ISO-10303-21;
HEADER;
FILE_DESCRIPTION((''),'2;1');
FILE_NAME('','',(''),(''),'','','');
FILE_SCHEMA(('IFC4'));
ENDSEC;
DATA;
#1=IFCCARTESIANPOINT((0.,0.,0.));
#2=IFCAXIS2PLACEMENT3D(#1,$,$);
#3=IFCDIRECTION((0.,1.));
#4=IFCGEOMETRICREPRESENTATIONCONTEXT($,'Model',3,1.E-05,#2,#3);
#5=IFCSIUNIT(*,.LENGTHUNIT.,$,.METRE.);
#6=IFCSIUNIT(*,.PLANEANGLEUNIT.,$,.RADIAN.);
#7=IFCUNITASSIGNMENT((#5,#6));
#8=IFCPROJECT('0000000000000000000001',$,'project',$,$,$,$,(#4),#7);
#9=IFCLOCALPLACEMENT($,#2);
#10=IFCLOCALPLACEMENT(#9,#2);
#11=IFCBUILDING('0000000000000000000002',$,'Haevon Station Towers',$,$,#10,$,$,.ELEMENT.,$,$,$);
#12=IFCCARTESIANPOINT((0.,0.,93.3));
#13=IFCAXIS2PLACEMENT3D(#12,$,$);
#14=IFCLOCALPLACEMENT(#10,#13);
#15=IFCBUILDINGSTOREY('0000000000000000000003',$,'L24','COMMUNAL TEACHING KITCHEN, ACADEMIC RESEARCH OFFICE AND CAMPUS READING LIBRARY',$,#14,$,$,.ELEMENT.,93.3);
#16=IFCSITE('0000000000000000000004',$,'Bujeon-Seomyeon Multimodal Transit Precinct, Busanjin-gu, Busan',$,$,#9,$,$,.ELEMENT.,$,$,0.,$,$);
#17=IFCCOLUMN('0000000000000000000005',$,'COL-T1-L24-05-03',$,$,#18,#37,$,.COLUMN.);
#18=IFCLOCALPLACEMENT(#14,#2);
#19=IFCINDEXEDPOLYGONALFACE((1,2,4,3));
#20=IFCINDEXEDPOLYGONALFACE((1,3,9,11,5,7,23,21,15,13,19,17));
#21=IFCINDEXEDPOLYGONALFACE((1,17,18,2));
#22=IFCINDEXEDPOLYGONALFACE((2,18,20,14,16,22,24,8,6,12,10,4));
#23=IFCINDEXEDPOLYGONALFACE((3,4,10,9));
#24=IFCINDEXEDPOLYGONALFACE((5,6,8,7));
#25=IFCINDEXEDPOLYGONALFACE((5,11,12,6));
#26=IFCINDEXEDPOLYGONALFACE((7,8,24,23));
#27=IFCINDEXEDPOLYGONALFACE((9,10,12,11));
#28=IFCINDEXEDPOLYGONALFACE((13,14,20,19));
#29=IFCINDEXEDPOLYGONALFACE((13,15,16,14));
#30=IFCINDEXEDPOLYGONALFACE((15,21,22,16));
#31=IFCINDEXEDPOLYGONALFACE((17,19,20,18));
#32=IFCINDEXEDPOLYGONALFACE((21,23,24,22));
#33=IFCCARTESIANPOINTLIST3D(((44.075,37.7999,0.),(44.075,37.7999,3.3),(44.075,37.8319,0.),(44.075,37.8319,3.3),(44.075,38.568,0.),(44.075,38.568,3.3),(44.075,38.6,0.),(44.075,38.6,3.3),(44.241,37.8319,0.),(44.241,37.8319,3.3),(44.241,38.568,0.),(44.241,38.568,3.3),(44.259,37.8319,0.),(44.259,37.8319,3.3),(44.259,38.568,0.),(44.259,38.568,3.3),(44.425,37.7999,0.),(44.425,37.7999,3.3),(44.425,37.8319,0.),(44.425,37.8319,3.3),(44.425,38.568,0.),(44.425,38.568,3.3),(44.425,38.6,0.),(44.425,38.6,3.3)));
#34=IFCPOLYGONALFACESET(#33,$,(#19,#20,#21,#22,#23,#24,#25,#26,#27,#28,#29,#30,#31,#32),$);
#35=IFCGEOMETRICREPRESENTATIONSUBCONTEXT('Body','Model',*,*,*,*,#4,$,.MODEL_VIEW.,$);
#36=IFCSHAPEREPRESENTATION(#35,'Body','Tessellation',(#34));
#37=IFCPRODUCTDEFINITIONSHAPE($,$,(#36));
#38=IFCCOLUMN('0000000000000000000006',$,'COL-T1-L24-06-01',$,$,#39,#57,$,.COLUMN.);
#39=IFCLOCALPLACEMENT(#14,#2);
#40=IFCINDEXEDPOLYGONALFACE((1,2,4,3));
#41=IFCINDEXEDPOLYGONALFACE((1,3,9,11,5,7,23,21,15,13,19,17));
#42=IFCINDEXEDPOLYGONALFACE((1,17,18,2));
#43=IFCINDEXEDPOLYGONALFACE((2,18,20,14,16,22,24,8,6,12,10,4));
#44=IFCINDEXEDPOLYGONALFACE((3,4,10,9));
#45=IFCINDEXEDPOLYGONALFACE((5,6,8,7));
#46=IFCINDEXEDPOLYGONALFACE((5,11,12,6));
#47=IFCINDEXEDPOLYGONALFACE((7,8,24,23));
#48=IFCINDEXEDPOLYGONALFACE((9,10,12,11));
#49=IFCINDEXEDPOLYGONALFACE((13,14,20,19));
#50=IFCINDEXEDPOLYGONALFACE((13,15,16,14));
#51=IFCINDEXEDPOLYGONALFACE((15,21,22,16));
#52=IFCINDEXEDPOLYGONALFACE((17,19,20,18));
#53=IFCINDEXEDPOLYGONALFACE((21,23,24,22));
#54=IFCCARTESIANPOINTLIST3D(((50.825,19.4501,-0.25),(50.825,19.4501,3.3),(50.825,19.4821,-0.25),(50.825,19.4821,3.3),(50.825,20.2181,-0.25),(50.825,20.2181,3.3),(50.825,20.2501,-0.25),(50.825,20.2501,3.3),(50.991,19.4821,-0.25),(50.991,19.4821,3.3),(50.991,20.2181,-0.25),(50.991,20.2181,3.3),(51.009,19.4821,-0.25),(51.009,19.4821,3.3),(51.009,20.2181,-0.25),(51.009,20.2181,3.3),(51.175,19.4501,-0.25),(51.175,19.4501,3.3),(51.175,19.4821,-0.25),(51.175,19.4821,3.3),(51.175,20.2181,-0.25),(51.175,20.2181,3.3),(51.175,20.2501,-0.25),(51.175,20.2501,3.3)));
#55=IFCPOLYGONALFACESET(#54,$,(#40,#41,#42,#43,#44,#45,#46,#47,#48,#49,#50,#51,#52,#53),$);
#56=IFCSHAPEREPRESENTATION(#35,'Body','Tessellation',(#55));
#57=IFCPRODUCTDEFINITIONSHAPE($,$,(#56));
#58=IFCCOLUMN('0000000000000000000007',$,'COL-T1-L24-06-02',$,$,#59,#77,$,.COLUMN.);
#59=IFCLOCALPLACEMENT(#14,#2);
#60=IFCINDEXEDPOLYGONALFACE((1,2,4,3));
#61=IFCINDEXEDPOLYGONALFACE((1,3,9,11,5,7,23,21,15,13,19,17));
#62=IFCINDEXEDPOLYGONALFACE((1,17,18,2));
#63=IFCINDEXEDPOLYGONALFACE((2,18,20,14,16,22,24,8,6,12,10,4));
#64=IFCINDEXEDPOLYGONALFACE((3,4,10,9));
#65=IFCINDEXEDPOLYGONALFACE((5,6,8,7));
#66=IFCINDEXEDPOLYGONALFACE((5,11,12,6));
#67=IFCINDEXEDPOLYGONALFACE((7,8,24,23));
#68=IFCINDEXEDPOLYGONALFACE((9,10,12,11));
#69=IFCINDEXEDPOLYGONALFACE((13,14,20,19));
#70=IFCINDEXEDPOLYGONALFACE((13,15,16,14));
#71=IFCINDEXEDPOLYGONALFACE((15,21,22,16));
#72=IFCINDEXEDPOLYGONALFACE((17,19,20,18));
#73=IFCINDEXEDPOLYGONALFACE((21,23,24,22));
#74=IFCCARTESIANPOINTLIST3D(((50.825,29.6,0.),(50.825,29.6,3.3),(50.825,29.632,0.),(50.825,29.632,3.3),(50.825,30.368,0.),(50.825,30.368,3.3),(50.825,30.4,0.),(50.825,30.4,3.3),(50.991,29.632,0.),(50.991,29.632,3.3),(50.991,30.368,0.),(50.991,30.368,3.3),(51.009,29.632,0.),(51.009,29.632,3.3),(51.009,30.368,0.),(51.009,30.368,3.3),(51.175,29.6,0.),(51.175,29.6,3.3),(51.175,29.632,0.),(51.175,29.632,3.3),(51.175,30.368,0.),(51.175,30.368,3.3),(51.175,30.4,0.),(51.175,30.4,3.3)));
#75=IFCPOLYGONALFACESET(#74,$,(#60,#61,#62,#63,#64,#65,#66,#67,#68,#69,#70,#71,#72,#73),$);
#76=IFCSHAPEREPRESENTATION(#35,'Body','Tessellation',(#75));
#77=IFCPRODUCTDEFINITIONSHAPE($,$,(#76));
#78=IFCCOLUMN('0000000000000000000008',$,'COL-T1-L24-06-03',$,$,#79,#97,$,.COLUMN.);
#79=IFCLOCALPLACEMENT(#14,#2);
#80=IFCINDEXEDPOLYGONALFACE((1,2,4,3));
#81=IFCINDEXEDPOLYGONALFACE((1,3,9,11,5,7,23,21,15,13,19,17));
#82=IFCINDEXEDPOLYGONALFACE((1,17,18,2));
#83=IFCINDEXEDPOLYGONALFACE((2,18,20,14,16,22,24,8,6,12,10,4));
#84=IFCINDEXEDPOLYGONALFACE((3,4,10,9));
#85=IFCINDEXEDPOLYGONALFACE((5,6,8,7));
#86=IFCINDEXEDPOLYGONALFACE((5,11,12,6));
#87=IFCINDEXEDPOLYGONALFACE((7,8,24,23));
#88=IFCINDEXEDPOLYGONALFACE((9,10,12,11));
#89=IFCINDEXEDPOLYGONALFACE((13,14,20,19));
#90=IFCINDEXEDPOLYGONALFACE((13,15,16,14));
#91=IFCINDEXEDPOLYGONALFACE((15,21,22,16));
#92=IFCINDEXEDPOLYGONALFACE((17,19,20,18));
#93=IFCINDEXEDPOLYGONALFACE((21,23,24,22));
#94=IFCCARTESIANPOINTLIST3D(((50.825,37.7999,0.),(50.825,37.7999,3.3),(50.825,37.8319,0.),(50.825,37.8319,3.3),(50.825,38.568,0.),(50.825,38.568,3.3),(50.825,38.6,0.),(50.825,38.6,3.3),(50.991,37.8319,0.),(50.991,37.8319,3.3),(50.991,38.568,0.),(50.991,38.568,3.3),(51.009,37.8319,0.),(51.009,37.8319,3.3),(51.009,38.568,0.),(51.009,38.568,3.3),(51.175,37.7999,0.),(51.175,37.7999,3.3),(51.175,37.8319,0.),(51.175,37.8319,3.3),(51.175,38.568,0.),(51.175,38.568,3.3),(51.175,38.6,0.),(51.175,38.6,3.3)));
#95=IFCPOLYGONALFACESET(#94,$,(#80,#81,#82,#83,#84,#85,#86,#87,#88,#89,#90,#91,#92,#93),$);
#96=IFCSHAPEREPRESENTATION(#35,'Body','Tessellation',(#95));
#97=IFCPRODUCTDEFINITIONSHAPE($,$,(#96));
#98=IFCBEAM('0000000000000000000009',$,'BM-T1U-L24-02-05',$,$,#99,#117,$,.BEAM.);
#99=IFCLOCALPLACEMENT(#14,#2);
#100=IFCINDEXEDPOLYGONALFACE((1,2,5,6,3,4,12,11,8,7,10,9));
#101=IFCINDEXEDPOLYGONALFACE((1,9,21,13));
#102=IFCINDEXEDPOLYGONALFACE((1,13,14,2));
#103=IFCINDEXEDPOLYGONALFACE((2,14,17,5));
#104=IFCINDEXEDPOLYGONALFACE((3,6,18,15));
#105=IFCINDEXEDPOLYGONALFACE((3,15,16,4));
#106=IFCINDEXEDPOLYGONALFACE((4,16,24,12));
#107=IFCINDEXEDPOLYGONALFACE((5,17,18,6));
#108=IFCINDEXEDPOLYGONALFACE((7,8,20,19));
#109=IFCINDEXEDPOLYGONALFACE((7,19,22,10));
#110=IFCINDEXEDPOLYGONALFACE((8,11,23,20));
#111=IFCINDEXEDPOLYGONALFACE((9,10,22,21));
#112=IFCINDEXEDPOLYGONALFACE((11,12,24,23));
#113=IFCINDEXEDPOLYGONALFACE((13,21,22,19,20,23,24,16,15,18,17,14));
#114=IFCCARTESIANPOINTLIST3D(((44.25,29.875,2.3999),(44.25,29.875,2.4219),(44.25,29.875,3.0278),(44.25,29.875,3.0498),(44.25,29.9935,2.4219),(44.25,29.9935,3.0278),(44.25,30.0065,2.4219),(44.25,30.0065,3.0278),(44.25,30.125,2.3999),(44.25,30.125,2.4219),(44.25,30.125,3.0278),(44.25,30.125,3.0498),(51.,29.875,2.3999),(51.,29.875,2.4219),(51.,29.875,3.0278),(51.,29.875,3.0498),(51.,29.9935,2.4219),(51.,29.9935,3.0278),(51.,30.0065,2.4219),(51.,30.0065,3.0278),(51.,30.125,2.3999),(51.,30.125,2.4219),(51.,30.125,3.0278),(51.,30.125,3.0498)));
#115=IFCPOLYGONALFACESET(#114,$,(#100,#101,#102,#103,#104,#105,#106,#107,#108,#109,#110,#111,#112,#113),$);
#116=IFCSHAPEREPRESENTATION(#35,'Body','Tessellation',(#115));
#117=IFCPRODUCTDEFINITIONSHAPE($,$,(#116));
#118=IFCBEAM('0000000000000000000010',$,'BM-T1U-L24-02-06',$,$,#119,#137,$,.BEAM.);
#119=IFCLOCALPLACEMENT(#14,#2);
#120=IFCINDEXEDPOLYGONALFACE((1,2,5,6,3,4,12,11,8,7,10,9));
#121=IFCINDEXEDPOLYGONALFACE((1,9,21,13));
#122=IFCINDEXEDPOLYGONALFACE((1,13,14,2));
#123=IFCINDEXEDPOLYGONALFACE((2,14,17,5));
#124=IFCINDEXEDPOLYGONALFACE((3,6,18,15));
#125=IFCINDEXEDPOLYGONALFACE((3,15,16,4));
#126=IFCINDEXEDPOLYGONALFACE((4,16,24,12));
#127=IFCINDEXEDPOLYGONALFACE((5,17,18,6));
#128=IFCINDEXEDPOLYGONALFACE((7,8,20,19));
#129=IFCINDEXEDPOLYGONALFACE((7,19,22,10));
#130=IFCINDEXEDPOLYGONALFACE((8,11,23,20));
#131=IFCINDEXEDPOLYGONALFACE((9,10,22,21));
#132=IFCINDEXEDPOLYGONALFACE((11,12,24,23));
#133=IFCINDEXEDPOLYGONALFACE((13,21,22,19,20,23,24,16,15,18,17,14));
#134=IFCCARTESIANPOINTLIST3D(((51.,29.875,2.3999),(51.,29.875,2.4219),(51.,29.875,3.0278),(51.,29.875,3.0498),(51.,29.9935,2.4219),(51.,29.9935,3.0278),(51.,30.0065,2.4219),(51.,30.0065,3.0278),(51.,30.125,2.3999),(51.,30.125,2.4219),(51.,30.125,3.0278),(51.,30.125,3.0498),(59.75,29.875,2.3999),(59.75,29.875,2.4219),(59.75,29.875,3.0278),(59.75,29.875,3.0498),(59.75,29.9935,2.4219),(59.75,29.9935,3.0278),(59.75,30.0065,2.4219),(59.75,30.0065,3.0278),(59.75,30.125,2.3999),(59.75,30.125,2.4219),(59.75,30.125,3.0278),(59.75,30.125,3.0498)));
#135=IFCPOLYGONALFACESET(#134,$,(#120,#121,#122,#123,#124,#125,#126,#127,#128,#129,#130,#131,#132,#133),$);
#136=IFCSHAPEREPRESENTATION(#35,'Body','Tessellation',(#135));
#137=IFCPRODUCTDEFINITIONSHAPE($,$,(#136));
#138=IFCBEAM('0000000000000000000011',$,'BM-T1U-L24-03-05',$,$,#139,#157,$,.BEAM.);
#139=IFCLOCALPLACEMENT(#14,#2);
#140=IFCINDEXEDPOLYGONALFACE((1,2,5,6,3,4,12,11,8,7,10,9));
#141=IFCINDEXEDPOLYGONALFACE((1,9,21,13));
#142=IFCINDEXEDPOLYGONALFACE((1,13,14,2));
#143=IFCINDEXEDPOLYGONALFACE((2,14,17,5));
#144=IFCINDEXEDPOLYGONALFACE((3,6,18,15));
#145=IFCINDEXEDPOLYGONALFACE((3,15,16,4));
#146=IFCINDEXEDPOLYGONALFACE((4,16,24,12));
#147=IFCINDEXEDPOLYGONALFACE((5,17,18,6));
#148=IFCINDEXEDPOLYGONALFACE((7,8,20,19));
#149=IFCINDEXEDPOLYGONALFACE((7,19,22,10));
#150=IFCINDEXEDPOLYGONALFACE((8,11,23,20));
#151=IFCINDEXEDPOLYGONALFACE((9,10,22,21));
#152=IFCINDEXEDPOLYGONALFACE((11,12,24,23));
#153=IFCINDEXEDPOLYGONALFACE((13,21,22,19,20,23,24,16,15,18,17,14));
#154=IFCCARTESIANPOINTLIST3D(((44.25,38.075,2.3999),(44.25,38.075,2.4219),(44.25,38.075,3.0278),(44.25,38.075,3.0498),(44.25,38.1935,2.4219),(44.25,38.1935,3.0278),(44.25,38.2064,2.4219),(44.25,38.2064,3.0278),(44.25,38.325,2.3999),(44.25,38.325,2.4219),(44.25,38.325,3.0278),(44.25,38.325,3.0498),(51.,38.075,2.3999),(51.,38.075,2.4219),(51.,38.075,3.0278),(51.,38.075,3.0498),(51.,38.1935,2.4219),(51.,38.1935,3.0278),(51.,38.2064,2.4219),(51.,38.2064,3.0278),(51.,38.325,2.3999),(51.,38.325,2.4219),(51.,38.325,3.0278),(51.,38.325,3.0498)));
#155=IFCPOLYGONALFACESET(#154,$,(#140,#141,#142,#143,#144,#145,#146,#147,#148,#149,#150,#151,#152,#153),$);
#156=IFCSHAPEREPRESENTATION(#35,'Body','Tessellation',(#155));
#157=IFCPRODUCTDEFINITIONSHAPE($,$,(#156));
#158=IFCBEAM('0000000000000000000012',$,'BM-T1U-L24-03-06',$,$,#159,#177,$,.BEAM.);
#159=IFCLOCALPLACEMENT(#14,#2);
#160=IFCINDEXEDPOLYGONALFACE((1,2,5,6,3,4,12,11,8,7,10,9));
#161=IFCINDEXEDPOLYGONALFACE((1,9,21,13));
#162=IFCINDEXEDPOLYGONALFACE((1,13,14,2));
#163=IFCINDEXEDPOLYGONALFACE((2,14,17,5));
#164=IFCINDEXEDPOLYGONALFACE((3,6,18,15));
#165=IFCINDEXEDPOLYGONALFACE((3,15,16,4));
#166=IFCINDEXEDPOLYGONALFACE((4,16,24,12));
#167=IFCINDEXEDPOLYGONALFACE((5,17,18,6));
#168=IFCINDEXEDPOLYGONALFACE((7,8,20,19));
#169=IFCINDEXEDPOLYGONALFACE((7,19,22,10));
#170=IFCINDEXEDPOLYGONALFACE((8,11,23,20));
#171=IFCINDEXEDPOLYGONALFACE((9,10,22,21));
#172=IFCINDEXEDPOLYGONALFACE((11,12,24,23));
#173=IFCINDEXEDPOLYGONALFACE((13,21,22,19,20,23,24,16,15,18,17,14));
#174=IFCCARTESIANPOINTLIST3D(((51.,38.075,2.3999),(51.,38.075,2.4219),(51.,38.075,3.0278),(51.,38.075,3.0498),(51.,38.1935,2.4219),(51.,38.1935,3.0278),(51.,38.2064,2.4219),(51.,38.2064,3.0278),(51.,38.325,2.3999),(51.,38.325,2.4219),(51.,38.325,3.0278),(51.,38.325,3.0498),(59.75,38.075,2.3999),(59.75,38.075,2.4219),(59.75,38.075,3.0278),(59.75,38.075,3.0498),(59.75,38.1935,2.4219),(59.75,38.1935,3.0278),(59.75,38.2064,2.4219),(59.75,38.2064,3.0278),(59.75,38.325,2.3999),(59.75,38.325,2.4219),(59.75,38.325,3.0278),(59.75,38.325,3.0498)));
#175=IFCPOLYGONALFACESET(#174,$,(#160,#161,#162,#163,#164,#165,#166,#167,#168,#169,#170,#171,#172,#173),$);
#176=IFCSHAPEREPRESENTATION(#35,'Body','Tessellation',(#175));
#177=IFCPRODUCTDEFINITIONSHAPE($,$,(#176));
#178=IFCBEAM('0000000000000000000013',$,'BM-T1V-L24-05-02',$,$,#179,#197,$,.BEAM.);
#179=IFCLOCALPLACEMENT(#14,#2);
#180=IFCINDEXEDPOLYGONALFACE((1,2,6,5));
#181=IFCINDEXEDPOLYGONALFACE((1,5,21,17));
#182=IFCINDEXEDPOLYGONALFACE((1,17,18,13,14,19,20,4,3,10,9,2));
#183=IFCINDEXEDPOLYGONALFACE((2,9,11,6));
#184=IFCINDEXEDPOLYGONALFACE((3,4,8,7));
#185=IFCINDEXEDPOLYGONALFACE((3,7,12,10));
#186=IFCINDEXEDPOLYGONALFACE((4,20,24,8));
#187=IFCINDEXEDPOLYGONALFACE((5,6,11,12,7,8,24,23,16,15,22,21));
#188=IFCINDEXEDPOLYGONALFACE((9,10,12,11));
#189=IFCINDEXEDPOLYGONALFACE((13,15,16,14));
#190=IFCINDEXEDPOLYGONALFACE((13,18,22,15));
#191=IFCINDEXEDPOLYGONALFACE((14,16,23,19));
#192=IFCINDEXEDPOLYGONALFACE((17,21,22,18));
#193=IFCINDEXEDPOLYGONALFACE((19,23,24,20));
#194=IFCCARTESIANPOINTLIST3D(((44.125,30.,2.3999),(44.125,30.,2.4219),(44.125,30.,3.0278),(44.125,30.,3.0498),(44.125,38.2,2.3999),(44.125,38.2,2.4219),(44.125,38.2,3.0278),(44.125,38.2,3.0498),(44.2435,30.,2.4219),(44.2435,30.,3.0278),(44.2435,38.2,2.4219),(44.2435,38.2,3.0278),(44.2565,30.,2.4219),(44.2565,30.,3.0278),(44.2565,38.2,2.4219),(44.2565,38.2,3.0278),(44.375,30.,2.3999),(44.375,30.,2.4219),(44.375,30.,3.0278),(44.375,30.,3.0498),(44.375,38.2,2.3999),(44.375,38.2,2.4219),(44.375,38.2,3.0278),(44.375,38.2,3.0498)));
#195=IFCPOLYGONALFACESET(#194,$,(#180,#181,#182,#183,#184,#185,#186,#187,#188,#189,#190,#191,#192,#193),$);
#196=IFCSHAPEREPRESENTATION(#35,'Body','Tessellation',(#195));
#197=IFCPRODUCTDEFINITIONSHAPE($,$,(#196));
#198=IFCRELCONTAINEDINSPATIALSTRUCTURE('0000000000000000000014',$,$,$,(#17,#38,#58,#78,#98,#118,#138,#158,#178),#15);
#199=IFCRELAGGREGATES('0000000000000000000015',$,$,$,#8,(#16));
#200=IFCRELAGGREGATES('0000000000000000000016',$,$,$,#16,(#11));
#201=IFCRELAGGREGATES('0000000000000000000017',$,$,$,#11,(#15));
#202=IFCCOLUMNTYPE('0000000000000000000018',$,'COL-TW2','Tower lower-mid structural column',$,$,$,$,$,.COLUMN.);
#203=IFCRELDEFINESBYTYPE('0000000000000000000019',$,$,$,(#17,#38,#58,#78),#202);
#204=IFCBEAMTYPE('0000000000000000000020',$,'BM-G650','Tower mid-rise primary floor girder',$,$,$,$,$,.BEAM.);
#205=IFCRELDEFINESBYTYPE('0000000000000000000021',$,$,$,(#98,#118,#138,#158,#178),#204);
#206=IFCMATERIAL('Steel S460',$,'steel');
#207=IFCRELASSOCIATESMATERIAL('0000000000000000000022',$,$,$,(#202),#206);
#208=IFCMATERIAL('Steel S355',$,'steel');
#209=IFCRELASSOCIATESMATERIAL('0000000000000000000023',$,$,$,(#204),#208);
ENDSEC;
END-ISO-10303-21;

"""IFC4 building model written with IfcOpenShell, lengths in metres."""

from ifc_helpers import new_model, si_unit, direction, frame, origin, origin_2d, place, context, subcontext, project, spatial, i_section, extrude, material, material_profile, profile_set, type_object, element, save


model = new_model("IFC4")

# Units and contexts
model_context = context("Model", 3, precision=1e-05, world=origin(), true_north=direction((0.0, 1.0)))
body_context = subcontext(model_context, "Body", "Model", "MODEL_VIEW")
ifc_project = project(units=[si_unit("LENGTHUNIT", "METRE"), si_unit("PLANEANGLEUNIT", "RADIAN")], contexts=[model_context])

# Site, building, storey
site_placement = place(None, origin())
site = spatial("IfcSite", under=ifc_project, at=site_placement, Name="Bujeon-Seomyeon Multimodal Transit Precinct, Busanjin-gu, Busan", CompositionType="ELEMENT", RefElevation=0.0)
building_placement = place(site_placement, origin())
building = spatial("IfcBuilding", under=site, at=building_placement, Name="Haevon Station Towers", CompositionType="ELEMENT")
storey_placement = place(building_placement, frame((0.0, 0.0, 93.3)))
storey = spatial("IfcBuildingStorey", under=building, at=storey_placement, Name="L24", Description="COMMUNAL TEACHING KITCHEN, ACADEMIC RESEARCH OFFICE AND CAMPUS READING LIBRARY", CompositionType="ELEMENT", Elevation=93.3)

# Columns
ifc_material_1 = material(Name="Steel S460", Category="steel")
ifc_material_profile_1 = material_profile(ifc_material_1, i_section(OverallWidth=0.3501, OverallDepth=0.8, WebThickness=0.0181, FlangeThickness=0.032, at=origin_2d()), Name="H-800x350x18x32")
ifc_profile_set_1 = profile_set([ifc_material_profile_1], Name="Steel S460")
column_type = type_object("IfcColumnType", Name="COL-TW2", Description="Tower lower-mid structural column", PredefinedType="COLUMN", material=ifc_profile_set_1)
column_1_placement = place(storey_placement, frame((44.25, 38.2, 0.0), z_axis=(0.0, 0.0, 1.0), x_axis=(1.0, 0.0, 0.0)))
element("IfcColumn", 1, at=column_1_placement, inside=storey, type_object=column_type, Name="COL-T1-L24-05-03", PredefinedType="COLUMN", context=body_context, shape_type="SweptSolid", body=[
    extrude(i_section(OverallWidth=0.3501, OverallDepth=0.8, WebThickness=0.0181, FlangeThickness=0.032, at=origin_2d()), origin(), (0.0, 0.0, 1.0), 3.3),
])
column_2_placement = place(storey_placement, frame((51.0, 19.8501, -0.25), z_axis=(0.0, 0.0, 1.0), x_axis=(1.0, 0.0, 0.0)))
element("IfcColumn", 2, at=column_2_placement, inside=storey, type_object=column_type, Name="COL-T1-L24-06-01", PredefinedType="COLUMN", context=body_context, shape_type="SweptSolid", body=[
    extrude(i_section(OverallWidth=0.3501, OverallDepth=0.8, WebThickness=0.0181, FlangeThickness=0.032, at=origin_2d()), origin(), (0.0, 0.0, 1.0), 3.55),
])
for number, where, z_axis, x_axis, name in (
    (3, (51.0, 30.0, 0.0), (0.0, 0.0, 1.0), (1.0, 0.0, 0.0), "COL-T1-L24-06-02"),
    (4, (51.0, 38.2, 0.0), (0.0, 0.0, 1.0), (1.0, 0.0, 0.0), "COL-T1-L24-06-03"),
):
    element("IfcColumn", number, at=place(storey_placement, frame(where, z_axis=z_axis, x_axis=x_axis)), inside=storey, type_object=column_type, Name=name, PredefinedType="COLUMN", context=body_context, shape_type="SweptSolid", body=[
        extrude(i_section(OverallWidth=0.3501, OverallDepth=0.8, WebThickness=0.0181, FlangeThickness=0.032, at=origin_2d()), origin(), (0.0, 0.0, 1.0), 3.3),
    ])

# Beams
ifc_material_2 = material(Name="Steel S355", Category="steel")
ifc_material_profile_2 = material_profile(ifc_material_2, i_section(OverallWidth=0.25, OverallDepth=0.6499, WebThickness=0.0129, FlangeThickness=0.022, at=origin_2d()), Name="H-650x250x13x22")
ifc_profile_set_2 = profile_set([ifc_material_profile_2], Name="Steel S355")
beam_type_1 = type_object("IfcBeamType", Name="BM-G650", Description="Tower mid-rise primary floor girder", PredefinedType="BEAM", material=ifc_profile_set_2)
beam_1_placement = place(storey_placement, frame((44.25, 30.0, 2.7249), z_axis=(1.0, 0.0, 0.0), x_axis=(0.0, 1.0, 0.0)))
element("IfcBeam", 5, at=beam_1_placement, inside=storey, type_object=beam_type_1, Name="BM-T1U-L24-02-05", PredefinedType="BEAM", context=body_context, shape_type="SweptSolid", body=[
    extrude(i_section(OverallWidth=0.25, OverallDepth=0.6499, WebThickness=0.0129, FlangeThickness=0.022, at=origin_2d()), origin(), (0.0, 0.0, 1.0), 6.75),
])
beam_2_placement = place(storey_placement, frame((51.0, 30.0, 2.7249), z_axis=(1.0, 0.0, 0.0), x_axis=(0.0, 1.0, 0.0)))
element("IfcBeam", 6, at=beam_2_placement, inside=storey, type_object=beam_type_1, Name="BM-T1U-L24-02-06", PredefinedType="BEAM", context=body_context, shape_type="SweptSolid", body=[
    extrude(i_section(OverallWidth=0.25, OverallDepth=0.6499, WebThickness=0.0129, FlangeThickness=0.022, at=origin_2d()), origin(), (0.0, 0.0, 1.0), 8.75),
])
beam_3_placement = place(storey_placement, frame((44.25, 38.2, 2.7249), z_axis=(1.0, 0.0, 0.0), x_axis=(0.0, 1.0, 0.0)))
element("IfcBeam", 7, at=beam_3_placement, inside=storey, type_object=beam_type_1, Name="BM-T1U-L24-03-05", PredefinedType="BEAM", context=body_context, shape_type="SweptSolid", body=[
    extrude(i_section(OverallWidth=0.25, OverallDepth=0.6499, WebThickness=0.0129, FlangeThickness=0.022, at=origin_2d()), origin(), (0.0, 0.0, 1.0), 6.75),
])
beam_4_placement = place(storey_placement, frame((51.0, 38.2, 2.7249), z_axis=(1.0, 0.0, 0.0), x_axis=(0.0, 1.0, 0.0)))
element("IfcBeam", 8, at=beam_4_placement, inside=storey, type_object=beam_type_1, Name="BM-T1U-L24-03-06", PredefinedType="BEAM", context=body_context, shape_type="SweptSolid", body=[
    extrude(i_section(OverallWidth=0.25, OverallDepth=0.6499, WebThickness=0.0129, FlangeThickness=0.022, at=origin_2d()), origin(), (0.0, 0.0, 1.0), 8.75),
])
beam_5_placement = place(storey_placement, frame((44.25, 30.0, 2.7249), z_axis=(0.0, 1.0, 0.0), x_axis=(-1.0, 0.0, 0.0)))
element("IfcBeam", 9, at=beam_5_placement, inside=storey, type_object=beam_type_1, Name="BM-T1V-L24-05-02", PredefinedType="BEAM", context=body_context, shape_type="SweptSolid", body=[
    extrude(i_section(OverallWidth=0.25, OverallDepth=0.6499, WebThickness=0.0129, FlangeThickness=0.022, at=origin_2d()), origin(), (0.0, 0.0, 1.0), 8.2),
])

save(model, "model.ifc")
